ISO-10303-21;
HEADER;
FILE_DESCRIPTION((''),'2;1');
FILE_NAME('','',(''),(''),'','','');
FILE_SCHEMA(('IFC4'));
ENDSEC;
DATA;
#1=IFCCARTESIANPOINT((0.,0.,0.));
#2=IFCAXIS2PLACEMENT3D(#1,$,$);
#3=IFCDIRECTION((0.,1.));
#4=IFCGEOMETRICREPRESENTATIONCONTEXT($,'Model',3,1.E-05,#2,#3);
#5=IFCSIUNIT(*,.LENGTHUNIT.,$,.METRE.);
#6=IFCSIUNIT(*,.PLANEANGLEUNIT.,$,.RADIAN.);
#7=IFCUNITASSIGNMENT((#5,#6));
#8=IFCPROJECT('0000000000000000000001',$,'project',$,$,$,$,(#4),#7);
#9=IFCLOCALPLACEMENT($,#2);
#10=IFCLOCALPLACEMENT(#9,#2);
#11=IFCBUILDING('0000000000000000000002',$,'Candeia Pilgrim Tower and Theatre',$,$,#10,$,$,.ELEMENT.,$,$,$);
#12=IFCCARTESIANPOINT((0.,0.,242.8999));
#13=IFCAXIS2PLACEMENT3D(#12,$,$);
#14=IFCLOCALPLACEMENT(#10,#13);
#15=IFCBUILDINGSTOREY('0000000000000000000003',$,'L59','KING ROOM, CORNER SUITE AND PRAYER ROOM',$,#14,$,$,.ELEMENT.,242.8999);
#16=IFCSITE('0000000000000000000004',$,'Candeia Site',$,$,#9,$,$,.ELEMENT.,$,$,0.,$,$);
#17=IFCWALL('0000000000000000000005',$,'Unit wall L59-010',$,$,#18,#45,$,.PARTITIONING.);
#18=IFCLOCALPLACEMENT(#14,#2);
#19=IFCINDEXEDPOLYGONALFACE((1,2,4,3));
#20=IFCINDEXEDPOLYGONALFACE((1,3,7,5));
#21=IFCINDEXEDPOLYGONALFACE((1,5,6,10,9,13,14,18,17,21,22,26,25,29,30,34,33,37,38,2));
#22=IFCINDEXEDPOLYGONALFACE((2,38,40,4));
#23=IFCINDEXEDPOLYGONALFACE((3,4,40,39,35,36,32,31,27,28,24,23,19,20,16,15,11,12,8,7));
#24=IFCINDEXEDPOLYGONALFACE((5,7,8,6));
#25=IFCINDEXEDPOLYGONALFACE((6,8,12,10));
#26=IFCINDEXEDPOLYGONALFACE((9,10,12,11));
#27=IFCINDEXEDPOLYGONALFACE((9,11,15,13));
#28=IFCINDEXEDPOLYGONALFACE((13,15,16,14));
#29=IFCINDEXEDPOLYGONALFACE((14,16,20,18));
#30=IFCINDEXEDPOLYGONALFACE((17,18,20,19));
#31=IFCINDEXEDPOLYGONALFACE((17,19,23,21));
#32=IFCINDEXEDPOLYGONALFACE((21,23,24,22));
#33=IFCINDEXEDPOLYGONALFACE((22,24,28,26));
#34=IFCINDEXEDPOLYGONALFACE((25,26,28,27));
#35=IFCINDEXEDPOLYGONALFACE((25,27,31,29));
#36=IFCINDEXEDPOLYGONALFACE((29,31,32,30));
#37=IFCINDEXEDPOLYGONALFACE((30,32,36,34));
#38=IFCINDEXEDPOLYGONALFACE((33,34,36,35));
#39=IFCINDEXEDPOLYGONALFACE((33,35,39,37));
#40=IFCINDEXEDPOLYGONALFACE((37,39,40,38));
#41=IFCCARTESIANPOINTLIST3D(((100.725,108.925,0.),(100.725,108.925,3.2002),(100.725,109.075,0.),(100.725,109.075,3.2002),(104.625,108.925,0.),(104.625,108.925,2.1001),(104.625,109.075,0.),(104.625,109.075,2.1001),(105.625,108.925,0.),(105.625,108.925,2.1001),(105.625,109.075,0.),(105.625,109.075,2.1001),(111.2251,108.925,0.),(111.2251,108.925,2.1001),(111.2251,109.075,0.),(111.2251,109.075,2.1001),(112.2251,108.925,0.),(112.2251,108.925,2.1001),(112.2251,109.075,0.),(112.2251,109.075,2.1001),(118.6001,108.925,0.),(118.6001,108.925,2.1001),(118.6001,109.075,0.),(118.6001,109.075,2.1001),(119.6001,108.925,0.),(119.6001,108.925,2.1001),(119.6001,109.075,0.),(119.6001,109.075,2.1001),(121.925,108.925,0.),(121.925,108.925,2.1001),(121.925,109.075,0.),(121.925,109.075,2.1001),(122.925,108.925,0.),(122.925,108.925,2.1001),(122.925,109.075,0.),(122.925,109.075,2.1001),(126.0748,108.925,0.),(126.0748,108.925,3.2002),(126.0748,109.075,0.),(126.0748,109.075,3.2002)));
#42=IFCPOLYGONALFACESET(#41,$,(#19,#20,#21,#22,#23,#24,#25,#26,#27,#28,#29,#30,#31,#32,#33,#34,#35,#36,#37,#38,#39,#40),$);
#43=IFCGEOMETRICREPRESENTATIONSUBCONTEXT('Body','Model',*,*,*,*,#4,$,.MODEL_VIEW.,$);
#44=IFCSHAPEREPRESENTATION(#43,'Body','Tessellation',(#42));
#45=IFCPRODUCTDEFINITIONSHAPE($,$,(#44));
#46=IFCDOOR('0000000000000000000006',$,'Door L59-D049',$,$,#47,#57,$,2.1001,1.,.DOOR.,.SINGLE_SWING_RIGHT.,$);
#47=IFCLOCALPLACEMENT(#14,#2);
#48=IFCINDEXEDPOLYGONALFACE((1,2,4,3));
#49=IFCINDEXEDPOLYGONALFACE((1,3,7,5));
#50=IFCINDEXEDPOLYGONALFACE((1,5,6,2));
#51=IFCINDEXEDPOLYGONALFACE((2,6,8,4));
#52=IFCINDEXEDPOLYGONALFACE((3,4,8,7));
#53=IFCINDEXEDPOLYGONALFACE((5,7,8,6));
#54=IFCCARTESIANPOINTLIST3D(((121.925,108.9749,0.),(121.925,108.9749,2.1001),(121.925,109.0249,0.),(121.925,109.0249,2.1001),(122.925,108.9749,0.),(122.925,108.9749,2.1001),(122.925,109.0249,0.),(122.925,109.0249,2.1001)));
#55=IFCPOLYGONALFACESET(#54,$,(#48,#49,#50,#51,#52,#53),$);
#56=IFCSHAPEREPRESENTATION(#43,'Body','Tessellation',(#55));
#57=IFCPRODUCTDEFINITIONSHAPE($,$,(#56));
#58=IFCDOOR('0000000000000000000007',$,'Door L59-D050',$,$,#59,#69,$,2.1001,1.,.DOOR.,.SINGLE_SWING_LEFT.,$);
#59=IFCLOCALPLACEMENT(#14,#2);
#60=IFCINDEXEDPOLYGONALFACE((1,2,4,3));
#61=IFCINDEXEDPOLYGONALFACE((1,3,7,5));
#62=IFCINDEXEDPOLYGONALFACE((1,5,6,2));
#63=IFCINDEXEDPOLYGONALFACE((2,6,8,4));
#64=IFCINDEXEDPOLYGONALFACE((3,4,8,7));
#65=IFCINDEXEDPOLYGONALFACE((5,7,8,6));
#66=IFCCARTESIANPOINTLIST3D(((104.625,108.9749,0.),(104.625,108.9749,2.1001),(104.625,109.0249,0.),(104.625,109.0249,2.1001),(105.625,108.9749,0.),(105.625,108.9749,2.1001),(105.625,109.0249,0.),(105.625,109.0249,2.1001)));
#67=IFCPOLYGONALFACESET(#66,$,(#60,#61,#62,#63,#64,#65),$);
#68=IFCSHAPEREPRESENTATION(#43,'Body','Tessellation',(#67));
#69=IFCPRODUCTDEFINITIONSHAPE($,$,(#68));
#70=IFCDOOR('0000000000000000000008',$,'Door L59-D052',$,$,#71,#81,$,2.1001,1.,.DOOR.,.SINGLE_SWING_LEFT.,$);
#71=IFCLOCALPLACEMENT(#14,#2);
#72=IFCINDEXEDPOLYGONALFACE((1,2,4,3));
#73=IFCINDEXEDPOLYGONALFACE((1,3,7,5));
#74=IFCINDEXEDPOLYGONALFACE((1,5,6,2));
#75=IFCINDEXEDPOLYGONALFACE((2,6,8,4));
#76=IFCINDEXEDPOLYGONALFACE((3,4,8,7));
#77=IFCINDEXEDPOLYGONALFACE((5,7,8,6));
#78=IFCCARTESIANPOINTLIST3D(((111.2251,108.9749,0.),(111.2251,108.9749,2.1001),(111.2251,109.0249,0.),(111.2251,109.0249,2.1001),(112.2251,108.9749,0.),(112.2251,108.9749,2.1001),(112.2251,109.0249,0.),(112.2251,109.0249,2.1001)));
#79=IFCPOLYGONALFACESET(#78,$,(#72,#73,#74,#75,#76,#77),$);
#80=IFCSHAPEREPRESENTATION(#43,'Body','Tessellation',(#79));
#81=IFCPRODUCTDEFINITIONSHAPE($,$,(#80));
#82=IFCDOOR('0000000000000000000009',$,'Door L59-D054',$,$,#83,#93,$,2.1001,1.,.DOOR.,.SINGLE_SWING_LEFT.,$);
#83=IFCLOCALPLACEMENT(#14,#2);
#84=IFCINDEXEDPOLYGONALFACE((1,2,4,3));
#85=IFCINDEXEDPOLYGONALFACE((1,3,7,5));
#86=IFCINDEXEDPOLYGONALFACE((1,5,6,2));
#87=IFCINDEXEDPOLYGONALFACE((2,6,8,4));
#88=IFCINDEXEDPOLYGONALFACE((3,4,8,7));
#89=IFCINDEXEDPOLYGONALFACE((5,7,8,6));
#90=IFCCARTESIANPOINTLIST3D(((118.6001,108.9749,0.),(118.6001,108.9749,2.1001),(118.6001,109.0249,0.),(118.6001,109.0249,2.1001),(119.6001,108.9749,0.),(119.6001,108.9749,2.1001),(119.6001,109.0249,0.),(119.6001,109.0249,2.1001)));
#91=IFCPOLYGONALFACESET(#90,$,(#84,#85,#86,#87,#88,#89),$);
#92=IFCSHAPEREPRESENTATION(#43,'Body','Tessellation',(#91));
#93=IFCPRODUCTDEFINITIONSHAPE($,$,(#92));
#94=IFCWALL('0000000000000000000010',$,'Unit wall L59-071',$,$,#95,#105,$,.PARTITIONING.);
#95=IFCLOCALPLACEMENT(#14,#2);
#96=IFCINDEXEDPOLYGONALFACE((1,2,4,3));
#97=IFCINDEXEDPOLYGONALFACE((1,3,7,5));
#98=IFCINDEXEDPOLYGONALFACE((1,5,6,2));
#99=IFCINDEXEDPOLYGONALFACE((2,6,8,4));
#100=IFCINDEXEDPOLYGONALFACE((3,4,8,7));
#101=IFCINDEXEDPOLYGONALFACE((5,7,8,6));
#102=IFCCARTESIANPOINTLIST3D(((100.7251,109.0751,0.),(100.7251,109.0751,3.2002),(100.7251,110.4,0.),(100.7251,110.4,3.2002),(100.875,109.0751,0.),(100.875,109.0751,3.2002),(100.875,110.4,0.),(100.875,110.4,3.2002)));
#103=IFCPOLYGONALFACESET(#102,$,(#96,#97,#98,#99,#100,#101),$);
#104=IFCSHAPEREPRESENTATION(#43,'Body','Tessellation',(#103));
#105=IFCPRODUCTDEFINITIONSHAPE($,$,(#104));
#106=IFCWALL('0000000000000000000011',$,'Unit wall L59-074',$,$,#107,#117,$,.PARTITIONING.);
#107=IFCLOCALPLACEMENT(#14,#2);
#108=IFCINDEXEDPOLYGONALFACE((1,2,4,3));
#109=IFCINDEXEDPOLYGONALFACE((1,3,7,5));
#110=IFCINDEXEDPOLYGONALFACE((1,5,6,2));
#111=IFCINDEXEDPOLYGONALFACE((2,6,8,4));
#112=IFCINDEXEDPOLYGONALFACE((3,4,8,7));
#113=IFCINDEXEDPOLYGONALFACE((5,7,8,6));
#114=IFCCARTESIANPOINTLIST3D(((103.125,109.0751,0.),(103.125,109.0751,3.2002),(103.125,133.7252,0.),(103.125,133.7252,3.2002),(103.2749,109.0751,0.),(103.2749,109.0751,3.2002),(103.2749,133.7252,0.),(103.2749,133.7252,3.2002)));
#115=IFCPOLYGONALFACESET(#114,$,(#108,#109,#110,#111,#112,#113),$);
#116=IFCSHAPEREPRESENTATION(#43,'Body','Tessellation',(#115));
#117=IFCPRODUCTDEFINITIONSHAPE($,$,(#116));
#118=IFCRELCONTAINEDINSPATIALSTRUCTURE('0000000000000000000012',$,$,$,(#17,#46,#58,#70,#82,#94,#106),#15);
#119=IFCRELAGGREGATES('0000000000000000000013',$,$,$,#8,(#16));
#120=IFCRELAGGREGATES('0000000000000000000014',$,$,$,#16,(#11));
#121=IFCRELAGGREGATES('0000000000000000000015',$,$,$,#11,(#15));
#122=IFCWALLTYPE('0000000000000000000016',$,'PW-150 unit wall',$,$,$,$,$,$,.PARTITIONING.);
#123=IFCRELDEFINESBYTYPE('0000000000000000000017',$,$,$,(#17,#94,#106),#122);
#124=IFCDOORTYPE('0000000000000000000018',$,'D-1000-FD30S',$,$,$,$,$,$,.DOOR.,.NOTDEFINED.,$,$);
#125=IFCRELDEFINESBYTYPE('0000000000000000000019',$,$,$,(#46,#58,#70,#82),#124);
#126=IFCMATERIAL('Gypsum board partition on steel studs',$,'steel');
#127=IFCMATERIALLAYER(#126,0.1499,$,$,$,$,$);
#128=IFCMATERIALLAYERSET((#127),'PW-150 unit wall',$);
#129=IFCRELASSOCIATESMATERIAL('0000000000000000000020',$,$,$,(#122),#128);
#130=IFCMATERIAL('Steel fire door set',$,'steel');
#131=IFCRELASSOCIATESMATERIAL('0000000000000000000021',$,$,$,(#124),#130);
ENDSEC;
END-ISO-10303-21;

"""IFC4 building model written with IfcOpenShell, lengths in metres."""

from ifc_helpers import new_model, si_unit, direction, frame, frame_2d, origin, place, context, subcontext, project, spatial, rectangle, extrude, material, layer, layer_set, type_object, element, fill, save


model = new_model("IFC4")

# Units and contexts
model_context = context("Model", 3, precision=1e-05, world=origin(), true_north=direction((0.0, 1.0)))
body_context = subcontext(model_context, "Body", "Model", "MODEL_VIEW")
ifc_project = project(units=[si_unit("LENGTHUNIT", "METRE"), si_unit("PLANEANGLEUNIT", "RADIAN")], contexts=[model_context])

# Site, building, storey
site_placement = place(None, origin())
site = spatial("IfcSite", under=ifc_project, at=site_placement, Name="Candeia Site", CompositionType="ELEMENT", RefElevation=0.0)
building_placement = place(site_placement, origin())
building = spatial("IfcBuilding", under=site, at=building_placement, Name="Candeia Pilgrim Tower and Theatre", CompositionType="ELEMENT")
storey_placement = place(building_placement, frame((0.0, 0.0, 242.8999)))
storey = spatial("IfcBuildingStorey", under=building, at=storey_placement, Name="L59", Description="KING ROOM, CORNER SUITE AND PRAYER ROOM", CompositionType="ELEMENT", Elevation=242.8999)

# Shared definitions
ifc_material_1 = material(Name="Steel fire door set", Category="steel")

# Shared definitions
ifc_material_2 = material(Name="Gypsum board partition on steel studs", Category="steel")

# Wall, openings, doors
ifc_layer_1 = layer(ifc_material_2, 0.1499)
ifc_layer_set_1 = layer_set([ifc_layer_1], Name="PW-150 unit wall")
wall_type_1 = type_object("IfcWallType", Name="PW-150 unit wall", PredefinedType="PARTITIONING", material=ifc_layer_set_1)
wall_1_placement = place(storey_placement, frame((100.7251, 109.0, 0.0), z_axis=(0.0, 0.0, 1.0), x_axis=(1.0, 0.0, 0.0)))
wall_1 = element("IfcWall", 1, at=wall_1_placement, inside=storey, type_object=wall_type_1, Name="Unit wall L59-010", PredefinedType="PARTITIONING", context=body_context, shape_type="SweptSolid", body=[
    extrude(rectangle(XDim=25.3499, YDim=0.1499, at=frame_2d((12.6748, 0.0))), origin(), (0.0, 0.0, 1.0), 3.2002),
])
opening_1_placement = place(wall_1_placement, frame((21.2, 0.0, 0.0)))
opening_1 = element("IfcOpeningElement", 2, at=opening_1_placement, cuts=wall_1, PredefinedType="OPENING", context=body_context, shape_type="SweptSolid", body=[
    extrude(rectangle(XDim=1.0, YDim=2.1001, at=frame_2d((0.5, 1.05))), frame((0.0, 0.085, 0.0), z_axis=(0.0, -1.0, 0.0), x_axis=(1.0, 0.0, 0.0)), (0.0, 0.0, 1.0), 0.1699),
])
opening_2_placement = place(wall_1_placement, frame((3.8999, 0.0, 0.0)))
opening_2 = element("IfcOpeningElement", 3, at=opening_2_placement, cuts=wall_1, PredefinedType="OPENING", context=body_context, shape_type="SweptSolid", body=[
    extrude(rectangle(XDim=1.0, YDim=2.1001, at=frame_2d((0.5, 1.05))), frame((0.0, 0.085, 0.0), z_axis=(0.0, -1.0, 0.0), x_axis=(1.0, 0.0, 0.0)), (0.0, 0.0, 1.0), 0.1699),
])
opening_3_placement = place(wall_1_placement, frame((10.5, 0.0, 0.0)))
opening_3 = element("IfcOpeningElement", 4, at=opening_3_placement, cuts=wall_1, PredefinedType="OPENING", context=body_context, shape_type="SweptSolid", body=[
    extrude(rectangle(XDim=1.0, YDim=2.1001, at=frame_2d((0.5, 1.05))), frame((0.0, 0.085, 0.0), z_axis=(0.0, -1.0, 0.0), x_axis=(1.0, 0.0, 0.0)), (0.0, 0.0, 1.0), 0.1699),
])
opening_4_placement = place(wall_1_placement, frame((17.875, 0.0, 0.0)))
opening_4 = element("IfcOpeningElement", 5, at=opening_4_placement, cuts=wall_1, PredefinedType="OPENING", context=body_context, shape_type="SweptSolid", body=[
    extrude(rectangle(XDim=1.0, YDim=2.1001, at=frame_2d((0.5, 1.05))), frame((0.0, 0.085, 0.0), z_axis=(0.0, -1.0, 0.0), x_axis=(1.0, 0.0, 0.0)), (0.0, 0.0, 1.0), 0.1699),
])
door_type_1 = type_object("IfcDoorType", Name="D-1000-FD30S", OperationType="NOTDEFINED", PredefinedType="DOOR", material=ifc_material_1)
door_1_placement = place(opening_1_placement, origin())
door_1 = element("IfcDoor", 6, at=door_1_placement, inside=storey, type_object=door_type_1, Name="Door L59-D049", OperationType="SINGLE_SWING_RIGHT", OverallHeight=2.1001, OverallWidth=1.0, PredefinedType="DOOR", context=body_context, shape_type="SweptSolid", body=[
    extrude(rectangle(XDim=1.0, YDim=2.1001, at=frame_2d((0.5, 1.05))), frame((0.0, 0.0249, 0.0), z_axis=(0.0, -1.0, 0.0), x_axis=(1.0, 0.0, 0.0)), (0.0, 0.0, 1.0), 0.05),
])
fill(opening_1, door_1)
door_2_placement = place(opening_2_placement, origin())
door_2 = element("IfcDoor", 7, at=door_2_placement, inside=storey, type_object=door_type_1, Name="Door L59-D050", OperationType="SINGLE_SWING_LEFT", OverallHeight=2.1001, OverallWidth=1.0, PredefinedType="DOOR", context=body_context, shape_type="SweptSolid", body=[
    extrude(rectangle(XDim=1.0, YDim=2.1001, at=frame_2d((0.5, 1.05))), frame((0.0, 0.0249, 0.0), z_axis=(0.0, -1.0, 0.0), x_axis=(1.0, 0.0, 0.0)), (0.0, 0.0, 1.0), 0.05),
])
fill(opening_2, door_2)
door_3_placement = place(opening_3_placement, origin())
door_3 = element("IfcDoor", 8, at=door_3_placement, inside=storey, type_object=door_type_1, Name="Door L59-D052", OperationType="SINGLE_SWING_LEFT", OverallHeight=2.1001, OverallWidth=1.0, PredefinedType="DOOR", context=body_context, shape_type="SweptSolid", body=[
    extrude(rectangle(XDim=1.0, YDim=2.1001, at=frame_2d((0.5, 1.05))), frame((0.0, 0.0249, 0.0), z_axis=(0.0, -1.0, 0.0), x_axis=(1.0, 0.0, 0.0)), (0.0, 0.0, 1.0), 0.05),
])
fill(opening_3, door_3)
door_4_placement = place(opening_4_placement, origin())
door_4 = element("IfcDoor", 9, at=door_4_placement, inside=storey, type_object=door_type_1, Name="Door L59-D054", OperationType="SINGLE_SWING_LEFT", OverallHeight=2.1001, OverallWidth=1.0, PredefinedType="DOOR", context=body_context, shape_type="SweptSolid", body=[
    extrude(rectangle(XDim=1.0, YDim=2.1001, at=frame_2d((0.5, 1.05))), frame((0.0, 0.0249, 0.0), z_axis=(0.0, -1.0, 0.0), x_axis=(1.0, 0.0, 0.0)), (0.0, 0.0, 1.0), 0.05),
])
fill(opening_4, door_4)

# Walls
wall_2_placement = place(storey_placement, frame((100.8, 109.075, 0.0), z_axis=(0.0, 0.0, 1.0), x_axis=(0.0, 1.0, 0.0)))
element("IfcWall", 10, at=wall_2_placement, inside=storey, type_object=wall_type_1, Name="Unit wall L59-071", PredefinedType="PARTITIONING", context=body_context, shape_type="SweptSolid", body=[
    extrude(rectangle(XDim=1.325, YDim=0.1499, at=frame_2d((0.6626, 0.0))), origin(), (0.0, 0.0, 1.0), 3.2002),
])
wall_3_placement = place(storey_placement, frame((103.2, 109.075, 0.0), z_axis=(0.0, 0.0, 1.0), x_axis=(0.0, 1.0, 0.0)))
element("IfcWall", 11, at=wall_3_placement, inside=storey, type_object=wall_type_1, Name="Unit wall L59-074", PredefinedType="PARTITIONING", context=body_context, shape_type="SweptSolid", body=[
    extrude(rectangle(XDim=24.6501, YDim=0.1499, at=frame_2d((12.3252, 0.0))), origin(), (0.0, 0.0, 1.0), 3.2002),
])

save(model, "model.ifc")
